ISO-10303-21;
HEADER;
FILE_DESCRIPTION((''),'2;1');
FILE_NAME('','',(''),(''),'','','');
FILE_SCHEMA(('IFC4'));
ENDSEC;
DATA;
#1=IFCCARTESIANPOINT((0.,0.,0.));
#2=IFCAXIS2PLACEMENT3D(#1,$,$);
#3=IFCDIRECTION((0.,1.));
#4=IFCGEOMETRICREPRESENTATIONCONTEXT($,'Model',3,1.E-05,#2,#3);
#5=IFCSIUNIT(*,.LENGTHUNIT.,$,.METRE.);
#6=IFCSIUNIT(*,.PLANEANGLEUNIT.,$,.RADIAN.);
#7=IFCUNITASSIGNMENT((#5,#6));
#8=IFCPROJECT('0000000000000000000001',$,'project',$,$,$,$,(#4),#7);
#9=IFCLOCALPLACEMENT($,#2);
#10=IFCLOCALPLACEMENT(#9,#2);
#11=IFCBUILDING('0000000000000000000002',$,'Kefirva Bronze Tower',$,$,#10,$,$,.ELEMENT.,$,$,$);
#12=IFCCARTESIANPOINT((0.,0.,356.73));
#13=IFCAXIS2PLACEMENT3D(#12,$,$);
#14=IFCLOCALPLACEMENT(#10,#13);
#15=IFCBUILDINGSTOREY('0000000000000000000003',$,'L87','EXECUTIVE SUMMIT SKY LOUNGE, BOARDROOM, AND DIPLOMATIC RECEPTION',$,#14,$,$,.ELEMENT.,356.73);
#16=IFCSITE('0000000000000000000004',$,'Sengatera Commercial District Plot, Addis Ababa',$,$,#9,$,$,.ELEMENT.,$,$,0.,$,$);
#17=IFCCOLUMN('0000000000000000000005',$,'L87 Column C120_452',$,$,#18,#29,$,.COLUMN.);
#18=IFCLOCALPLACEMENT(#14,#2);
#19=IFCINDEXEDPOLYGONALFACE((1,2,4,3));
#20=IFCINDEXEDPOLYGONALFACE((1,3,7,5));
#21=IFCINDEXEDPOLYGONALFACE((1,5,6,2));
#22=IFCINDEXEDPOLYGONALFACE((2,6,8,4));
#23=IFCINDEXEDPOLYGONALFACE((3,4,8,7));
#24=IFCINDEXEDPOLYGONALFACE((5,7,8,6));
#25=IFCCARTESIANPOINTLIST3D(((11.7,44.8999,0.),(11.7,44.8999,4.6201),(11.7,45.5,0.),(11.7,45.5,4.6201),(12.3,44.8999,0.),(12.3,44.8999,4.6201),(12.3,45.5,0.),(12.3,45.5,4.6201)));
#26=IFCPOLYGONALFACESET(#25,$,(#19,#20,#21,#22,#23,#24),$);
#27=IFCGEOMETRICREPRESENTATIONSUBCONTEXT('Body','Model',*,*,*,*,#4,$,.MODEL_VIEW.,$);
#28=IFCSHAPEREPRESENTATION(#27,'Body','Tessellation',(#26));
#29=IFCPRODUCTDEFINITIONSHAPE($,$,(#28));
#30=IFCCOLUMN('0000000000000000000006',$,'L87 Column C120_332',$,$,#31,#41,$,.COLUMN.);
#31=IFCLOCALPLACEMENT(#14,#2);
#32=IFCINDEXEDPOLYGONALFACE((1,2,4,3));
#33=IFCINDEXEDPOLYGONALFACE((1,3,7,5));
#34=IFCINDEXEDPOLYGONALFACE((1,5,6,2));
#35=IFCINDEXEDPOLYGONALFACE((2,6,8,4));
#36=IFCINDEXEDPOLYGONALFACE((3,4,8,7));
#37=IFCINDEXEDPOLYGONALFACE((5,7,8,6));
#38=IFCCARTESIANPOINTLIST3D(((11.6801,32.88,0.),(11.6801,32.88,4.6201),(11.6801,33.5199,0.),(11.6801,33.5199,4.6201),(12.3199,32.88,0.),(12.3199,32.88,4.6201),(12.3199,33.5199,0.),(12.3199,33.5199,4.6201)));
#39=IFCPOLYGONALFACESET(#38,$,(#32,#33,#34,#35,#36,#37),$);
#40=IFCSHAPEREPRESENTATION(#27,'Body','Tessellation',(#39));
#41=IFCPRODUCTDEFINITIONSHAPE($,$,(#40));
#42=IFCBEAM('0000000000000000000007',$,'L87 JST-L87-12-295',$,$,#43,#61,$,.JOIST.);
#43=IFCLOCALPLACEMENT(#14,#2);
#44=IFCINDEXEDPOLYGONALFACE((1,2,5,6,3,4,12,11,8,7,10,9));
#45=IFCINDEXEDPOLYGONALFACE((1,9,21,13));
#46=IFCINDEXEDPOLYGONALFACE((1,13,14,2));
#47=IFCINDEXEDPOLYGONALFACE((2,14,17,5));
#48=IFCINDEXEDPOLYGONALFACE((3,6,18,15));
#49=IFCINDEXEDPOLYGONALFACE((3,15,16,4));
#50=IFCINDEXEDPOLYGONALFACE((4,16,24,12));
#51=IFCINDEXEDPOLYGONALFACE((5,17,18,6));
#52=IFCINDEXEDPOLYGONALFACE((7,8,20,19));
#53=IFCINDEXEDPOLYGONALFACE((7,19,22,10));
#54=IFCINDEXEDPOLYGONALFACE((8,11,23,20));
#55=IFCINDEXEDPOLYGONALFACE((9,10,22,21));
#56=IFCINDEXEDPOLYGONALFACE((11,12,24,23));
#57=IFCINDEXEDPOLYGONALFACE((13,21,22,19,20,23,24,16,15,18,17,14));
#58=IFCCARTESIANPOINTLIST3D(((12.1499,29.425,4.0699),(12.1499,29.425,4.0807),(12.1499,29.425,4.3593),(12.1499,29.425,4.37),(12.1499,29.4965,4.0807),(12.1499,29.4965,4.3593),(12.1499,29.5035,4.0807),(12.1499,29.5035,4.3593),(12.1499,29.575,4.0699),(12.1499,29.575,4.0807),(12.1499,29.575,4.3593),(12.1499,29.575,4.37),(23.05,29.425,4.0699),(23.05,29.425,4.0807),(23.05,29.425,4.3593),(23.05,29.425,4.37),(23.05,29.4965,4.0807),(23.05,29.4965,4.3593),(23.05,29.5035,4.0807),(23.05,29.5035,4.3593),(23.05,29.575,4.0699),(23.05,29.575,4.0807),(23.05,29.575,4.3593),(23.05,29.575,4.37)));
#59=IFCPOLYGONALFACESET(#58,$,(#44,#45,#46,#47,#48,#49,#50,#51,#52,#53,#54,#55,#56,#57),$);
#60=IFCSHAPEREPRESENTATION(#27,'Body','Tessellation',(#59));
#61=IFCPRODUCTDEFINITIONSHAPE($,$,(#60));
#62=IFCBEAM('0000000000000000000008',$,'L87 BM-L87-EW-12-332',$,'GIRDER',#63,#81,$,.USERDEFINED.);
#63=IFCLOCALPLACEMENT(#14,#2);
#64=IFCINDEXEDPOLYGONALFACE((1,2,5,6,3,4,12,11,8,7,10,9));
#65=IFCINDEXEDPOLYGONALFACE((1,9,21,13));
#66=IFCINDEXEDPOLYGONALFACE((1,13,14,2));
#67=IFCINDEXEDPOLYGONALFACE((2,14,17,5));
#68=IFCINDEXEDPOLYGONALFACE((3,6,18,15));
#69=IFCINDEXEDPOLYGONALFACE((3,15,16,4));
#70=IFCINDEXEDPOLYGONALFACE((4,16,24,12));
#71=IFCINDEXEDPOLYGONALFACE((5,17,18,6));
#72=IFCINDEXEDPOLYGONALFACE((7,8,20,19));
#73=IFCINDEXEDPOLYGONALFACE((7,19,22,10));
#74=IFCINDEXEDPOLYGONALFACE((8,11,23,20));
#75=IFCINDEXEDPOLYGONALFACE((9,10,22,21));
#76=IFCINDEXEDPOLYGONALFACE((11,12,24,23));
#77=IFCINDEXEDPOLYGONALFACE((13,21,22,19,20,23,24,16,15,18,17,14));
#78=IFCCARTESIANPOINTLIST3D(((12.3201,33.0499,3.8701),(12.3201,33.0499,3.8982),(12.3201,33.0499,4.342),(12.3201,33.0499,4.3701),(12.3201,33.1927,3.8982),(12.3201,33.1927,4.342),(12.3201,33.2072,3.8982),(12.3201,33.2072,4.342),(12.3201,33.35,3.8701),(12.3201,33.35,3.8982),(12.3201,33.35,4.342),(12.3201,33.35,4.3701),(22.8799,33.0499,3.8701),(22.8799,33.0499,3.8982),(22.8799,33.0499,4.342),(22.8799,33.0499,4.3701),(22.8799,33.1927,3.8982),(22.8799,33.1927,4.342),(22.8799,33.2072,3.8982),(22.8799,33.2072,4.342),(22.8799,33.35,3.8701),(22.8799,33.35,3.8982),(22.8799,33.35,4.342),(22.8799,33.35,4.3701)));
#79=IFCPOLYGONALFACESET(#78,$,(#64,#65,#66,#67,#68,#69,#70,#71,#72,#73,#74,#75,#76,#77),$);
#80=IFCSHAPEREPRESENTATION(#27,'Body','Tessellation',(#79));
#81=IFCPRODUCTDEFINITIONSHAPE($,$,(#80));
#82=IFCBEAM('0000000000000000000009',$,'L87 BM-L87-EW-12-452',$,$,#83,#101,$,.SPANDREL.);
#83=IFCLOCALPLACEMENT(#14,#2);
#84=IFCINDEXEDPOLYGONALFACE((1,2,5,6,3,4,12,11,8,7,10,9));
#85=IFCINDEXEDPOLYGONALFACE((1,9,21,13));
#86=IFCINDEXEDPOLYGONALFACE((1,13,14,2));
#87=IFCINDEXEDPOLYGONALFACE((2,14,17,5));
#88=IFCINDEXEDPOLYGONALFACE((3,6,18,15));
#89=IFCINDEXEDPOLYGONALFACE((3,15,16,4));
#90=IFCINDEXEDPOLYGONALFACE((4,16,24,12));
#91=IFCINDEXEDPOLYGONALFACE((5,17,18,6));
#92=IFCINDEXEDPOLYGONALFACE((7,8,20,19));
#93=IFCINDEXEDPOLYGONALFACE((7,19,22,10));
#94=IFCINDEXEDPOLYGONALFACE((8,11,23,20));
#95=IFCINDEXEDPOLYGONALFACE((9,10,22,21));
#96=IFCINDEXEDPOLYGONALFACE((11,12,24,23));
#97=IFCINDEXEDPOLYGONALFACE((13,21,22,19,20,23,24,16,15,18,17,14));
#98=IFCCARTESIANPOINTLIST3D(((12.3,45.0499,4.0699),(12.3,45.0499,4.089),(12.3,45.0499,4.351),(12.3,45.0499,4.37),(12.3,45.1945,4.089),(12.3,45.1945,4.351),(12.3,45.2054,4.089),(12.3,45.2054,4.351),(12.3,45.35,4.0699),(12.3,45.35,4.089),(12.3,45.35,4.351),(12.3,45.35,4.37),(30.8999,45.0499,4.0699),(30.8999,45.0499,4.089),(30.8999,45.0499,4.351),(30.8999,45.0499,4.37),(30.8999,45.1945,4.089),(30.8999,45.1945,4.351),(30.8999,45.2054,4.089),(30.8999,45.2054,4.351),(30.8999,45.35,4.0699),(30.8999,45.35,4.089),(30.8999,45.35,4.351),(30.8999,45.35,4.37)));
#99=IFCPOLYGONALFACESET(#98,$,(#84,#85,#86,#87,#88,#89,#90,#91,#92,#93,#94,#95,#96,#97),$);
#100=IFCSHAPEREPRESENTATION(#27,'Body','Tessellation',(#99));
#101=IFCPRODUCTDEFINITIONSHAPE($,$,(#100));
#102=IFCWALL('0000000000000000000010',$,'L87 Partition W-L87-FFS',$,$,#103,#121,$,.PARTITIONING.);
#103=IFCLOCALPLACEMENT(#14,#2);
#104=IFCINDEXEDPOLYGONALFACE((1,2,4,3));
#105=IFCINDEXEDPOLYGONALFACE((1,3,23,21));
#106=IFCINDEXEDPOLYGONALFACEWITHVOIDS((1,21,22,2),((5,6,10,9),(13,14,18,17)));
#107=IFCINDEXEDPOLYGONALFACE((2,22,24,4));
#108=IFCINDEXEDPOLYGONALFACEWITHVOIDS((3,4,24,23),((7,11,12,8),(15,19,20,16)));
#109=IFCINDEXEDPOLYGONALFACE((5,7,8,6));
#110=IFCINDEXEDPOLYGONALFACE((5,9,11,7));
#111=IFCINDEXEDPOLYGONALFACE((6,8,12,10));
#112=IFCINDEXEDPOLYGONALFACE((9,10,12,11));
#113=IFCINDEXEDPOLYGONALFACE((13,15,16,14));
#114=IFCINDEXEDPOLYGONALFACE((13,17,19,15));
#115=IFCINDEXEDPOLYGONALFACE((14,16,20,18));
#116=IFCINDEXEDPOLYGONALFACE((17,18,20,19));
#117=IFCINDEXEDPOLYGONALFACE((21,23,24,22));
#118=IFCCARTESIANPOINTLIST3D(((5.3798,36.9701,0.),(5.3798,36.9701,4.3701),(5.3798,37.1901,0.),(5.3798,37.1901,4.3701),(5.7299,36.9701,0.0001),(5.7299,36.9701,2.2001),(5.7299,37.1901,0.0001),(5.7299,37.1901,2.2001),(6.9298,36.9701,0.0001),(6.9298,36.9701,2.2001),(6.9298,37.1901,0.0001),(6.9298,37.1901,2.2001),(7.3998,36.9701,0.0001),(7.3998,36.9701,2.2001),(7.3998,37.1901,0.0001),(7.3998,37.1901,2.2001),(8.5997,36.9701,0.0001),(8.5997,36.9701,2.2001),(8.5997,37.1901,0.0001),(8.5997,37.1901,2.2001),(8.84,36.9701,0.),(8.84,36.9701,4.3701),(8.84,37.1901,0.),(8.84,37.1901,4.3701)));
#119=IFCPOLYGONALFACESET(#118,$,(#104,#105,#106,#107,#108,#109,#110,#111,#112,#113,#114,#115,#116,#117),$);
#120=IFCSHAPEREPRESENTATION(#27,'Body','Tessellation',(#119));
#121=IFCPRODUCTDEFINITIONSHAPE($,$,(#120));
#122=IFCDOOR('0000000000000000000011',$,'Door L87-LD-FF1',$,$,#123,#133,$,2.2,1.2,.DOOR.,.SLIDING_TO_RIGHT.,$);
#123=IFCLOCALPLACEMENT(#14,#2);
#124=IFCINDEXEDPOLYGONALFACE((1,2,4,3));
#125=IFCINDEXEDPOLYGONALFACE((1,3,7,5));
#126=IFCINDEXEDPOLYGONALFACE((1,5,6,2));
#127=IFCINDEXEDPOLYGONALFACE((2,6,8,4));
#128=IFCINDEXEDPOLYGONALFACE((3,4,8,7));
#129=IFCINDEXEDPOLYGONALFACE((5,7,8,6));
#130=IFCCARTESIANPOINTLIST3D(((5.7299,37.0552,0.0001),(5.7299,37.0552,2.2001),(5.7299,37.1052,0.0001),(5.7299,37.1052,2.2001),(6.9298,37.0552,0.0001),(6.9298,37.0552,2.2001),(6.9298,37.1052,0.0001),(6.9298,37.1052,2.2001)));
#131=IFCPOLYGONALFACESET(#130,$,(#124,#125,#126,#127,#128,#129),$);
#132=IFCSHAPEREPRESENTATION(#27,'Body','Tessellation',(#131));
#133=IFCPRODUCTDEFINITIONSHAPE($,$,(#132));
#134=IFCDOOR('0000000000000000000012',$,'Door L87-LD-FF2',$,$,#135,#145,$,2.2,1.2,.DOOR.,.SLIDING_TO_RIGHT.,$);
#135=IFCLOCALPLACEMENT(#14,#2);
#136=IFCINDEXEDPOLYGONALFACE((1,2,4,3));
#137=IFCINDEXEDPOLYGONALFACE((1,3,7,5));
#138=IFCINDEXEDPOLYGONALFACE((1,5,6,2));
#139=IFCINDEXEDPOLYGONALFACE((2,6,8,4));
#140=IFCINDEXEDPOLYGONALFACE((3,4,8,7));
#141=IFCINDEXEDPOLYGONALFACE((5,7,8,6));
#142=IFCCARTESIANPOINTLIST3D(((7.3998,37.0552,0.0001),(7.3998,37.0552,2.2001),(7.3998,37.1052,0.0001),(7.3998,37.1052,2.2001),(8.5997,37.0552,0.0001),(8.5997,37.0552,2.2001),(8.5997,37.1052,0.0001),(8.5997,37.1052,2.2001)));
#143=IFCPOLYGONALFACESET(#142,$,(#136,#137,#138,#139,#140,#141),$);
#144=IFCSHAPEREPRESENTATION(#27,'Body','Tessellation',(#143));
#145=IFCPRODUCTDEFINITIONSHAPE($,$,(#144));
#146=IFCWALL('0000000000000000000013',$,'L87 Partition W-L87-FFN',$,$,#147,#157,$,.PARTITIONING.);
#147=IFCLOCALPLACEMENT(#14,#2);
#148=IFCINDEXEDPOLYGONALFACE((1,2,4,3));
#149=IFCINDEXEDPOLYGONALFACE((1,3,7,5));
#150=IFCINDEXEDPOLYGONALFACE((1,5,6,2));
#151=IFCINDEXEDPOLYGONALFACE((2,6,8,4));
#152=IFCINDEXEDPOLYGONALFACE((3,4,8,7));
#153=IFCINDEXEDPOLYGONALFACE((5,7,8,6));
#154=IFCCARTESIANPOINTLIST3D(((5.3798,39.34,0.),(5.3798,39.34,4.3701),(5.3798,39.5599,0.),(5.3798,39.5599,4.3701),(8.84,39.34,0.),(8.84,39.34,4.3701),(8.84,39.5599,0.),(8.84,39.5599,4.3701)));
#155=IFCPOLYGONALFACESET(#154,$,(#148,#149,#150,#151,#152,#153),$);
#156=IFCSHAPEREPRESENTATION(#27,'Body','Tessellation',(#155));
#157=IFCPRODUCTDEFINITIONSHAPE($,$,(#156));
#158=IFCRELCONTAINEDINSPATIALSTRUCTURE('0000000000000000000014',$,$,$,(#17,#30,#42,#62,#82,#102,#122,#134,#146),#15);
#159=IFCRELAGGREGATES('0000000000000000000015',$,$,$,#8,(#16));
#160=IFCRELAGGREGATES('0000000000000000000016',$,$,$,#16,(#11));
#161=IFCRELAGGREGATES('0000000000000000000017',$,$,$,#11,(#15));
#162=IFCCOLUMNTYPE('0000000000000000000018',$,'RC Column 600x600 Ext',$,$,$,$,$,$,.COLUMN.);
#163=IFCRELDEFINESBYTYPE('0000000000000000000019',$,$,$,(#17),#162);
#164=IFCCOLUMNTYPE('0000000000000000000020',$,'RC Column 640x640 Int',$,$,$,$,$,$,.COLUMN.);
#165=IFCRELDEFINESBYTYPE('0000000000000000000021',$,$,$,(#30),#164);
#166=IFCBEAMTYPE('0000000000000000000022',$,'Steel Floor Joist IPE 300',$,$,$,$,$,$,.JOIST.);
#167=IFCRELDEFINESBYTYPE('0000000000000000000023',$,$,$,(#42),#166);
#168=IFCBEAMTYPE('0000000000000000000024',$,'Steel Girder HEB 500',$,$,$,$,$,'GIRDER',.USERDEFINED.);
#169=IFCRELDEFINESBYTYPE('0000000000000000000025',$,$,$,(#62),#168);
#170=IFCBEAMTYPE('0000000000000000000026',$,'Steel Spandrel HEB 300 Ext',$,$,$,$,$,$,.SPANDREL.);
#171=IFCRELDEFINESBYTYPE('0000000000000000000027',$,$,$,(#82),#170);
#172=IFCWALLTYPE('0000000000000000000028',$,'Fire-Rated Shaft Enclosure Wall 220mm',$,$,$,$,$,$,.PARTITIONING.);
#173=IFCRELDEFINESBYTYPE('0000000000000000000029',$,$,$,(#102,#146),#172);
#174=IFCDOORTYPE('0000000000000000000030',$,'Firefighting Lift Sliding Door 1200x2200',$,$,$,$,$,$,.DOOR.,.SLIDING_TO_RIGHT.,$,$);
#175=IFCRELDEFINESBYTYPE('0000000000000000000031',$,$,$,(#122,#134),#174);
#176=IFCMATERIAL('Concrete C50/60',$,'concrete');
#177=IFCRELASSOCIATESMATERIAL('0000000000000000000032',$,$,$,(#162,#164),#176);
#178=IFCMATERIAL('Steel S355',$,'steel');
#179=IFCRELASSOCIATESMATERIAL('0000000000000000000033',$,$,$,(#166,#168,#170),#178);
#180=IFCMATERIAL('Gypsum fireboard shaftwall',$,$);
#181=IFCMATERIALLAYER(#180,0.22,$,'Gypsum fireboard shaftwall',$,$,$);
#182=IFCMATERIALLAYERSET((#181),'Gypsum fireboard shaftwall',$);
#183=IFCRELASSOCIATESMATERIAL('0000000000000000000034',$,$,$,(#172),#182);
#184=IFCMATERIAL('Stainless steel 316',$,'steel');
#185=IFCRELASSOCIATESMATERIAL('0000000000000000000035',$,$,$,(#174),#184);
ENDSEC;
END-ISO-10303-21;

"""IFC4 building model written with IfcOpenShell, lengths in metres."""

from ifc_helpers import new_model, si_unit, direction, frame, frame_2d, origin, origin_2d, place, context, subcontext, project, spatial, rectangle, i_section, extrude, material, layer, layer_set, material_profile, profile_set, type_object, element, fill, save


model = new_model("IFC4")

# Units and contexts
model_context = context("Model", 3, precision=1e-05, world=origin(), true_north=direction((0.0, 1.0)))
body_context = subcontext(model_context, "Body", "Model", "MODEL_VIEW")
ifc_project = project(units=[si_unit("LENGTHUNIT", "METRE"), si_unit("PLANEANGLEUNIT", "RADIAN")], contexts=[model_context])

# Site, building, storey
site_placement = place(None, origin())
site = spatial("IfcSite", under=ifc_project, at=site_placement, Name="Sengatera Commercial District Plot, Addis Ababa", CompositionType="ELEMENT", RefElevation=0.0)
building_placement = place(site_placement, origin())
building = spatial("IfcBuilding", under=site, at=building_placement, Name="Kefirva Bronze Tower", CompositionType="ELEMENT")
storey_placement = place(building_placement, frame((0.0, 0.0, 356.73)))
storey = spatial("IfcBuildingStorey", under=building, at=storey_placement, Name="L87", Description="EXECUTIVE SUMMIT SKY LOUNGE, BOARDROOM, AND DIPLOMATIC RECEPTION", CompositionType="ELEMENT", Elevation=356.73)

# Columns
ifc_material_1 = material(Name="Concrete C50/60", Category="concrete")
ifc_material_profile_1 = material_profile(ifc_material_1, rectangle(XDim=0.6001, YDim=0.6001, at=origin_2d()), Name="RC 600x600")
ifc_profile_set_1 = profile_set([ifc_material_profile_1], Name="Concrete C50/60")
column_type_1 = type_object("IfcColumnType", Name="RC Column 600x600 Ext", PredefinedType="COLUMN", material=ifc_profile_set_1)
column_1_placement = place(storey_placement, frame((12.0, 45.2, 0.0), z_axis=(0.0, 0.0, 1.0), x_axis=(1.0, 0.0, 0.0)))
element("IfcColumn", 1, at=column_1_placement, inside=storey, type_object=column_type_1, Name="L87 Column C120_452", PredefinedType="COLUMN", context=body_context, shape_type="SweptSolid", body=[
    extrude(rectangle(XDim=0.6001, YDim=0.6001, at=origin_2d()), origin(), (0.0, 0.0, 1.0), 4.6201),
])
ifc_material_profile_2 = material_profile(ifc_material_1, rectangle(XDim=0.6399, YDim=0.6399, at=origin_2d()), Name="RC 640x640")
ifc_profile_set_2 = profile_set([ifc_material_profile_2], Name="Concrete C50/60")
column_type_2 = type_object("IfcColumnType", Name="RC Column 640x640 Int", PredefinedType="COLUMN", material=ifc_profile_set_2)
column_2_placement = place(storey_placement, frame((12.0, 33.2, 0.0), z_axis=(0.0, 0.0, 1.0), x_axis=(1.0, 0.0, 0.0)))
element("IfcColumn", 2, at=column_2_placement, inside=storey, type_object=column_type_2, Name="L87 Column C120_332", PredefinedType="COLUMN", context=body_context, shape_type="SweptSolid", body=[
    extrude(rectangle(XDim=0.6399, YDim=0.6399, at=origin_2d()), origin(), (0.0, 0.0, 1.0), 4.6201),
])

# Beams
ifc_material_2 = material(Name="Steel S355", Category="steel")
ifc_material_profile_3 = material_profile(ifc_material_2, i_section(OverallWidth=0.1499, OverallDepth=0.3, WebThickness=0.0071, FlangeThickness=0.0107, at=origin_2d()), Name="IPE 300")
ifc_profile_set_3 = profile_set([ifc_material_profile_3], Name="Steel S355")
beam_type_1 = type_object("IfcBeamType", Name="Steel Floor Joist IPE 300", PredefinedType="JOIST", material=ifc_profile_set_3)
beam_1_placement = place(storey_placement, frame((12.1499, 29.5, 4.22), z_axis=(1.0, 0.0, 0.0), x_axis=(0.0, 1.0, 0.0)))
element("IfcBeam", 3, at=beam_1_placement, inside=storey, type_object=beam_type_1, Name="L87 JST-L87-12-295", PredefinedType="JOIST", context=body_context, shape_type="SweptSolid", body=[
    extrude(i_section(OverallWidth=0.1499, OverallDepth=0.3, WebThickness=0.0071, FlangeThickness=0.0107, at=origin_2d()), origin(), (0.0, 0.0, 1.0), 10.9001),
])
ifc_material_profile_4 = material_profile(ifc_material_2, i_section(OverallWidth=0.3, OverallDepth=0.5, WebThickness=0.0144, FlangeThickness=0.0281, at=origin_2d()), Name="HEB 500")
ifc_profile_set_4 = profile_set([ifc_material_profile_4], Name="Steel S355")
beam_type_2 = type_object("IfcBeamType", Name="Steel Girder HEB 500", ElementType="GIRDER", PredefinedType="USERDEFINED", material=ifc_profile_set_4)
beam_2_placement = place(storey_placement, frame((12.3201, 33.2, 4.1201), z_axis=(1.0, 0.0, 0.0), x_axis=(0.0, 1.0, 0.0)))
element("IfcBeam", 4, at=beam_2_placement, inside=storey, type_object=beam_type_2, Name="L87 BM-L87-EW-12-332", ObjectType="GIRDER", PredefinedType="USERDEFINED", context=body_context, shape_type="SweptSolid", body=[
    extrude(i_section(OverallWidth=0.3, OverallDepth=0.5, WebThickness=0.0144, FlangeThickness=0.0281, at=origin_2d()), origin(), (0.0, 0.0, 1.0), 10.5598),
])
ifc_material_profile_5 = material_profile(ifc_material_2, i_section(OverallWidth=0.3, OverallDepth=0.3, WebThickness=0.011, FlangeThickness=0.019, at=origin_2d()), Name="HEB 300")
ifc_profile_set_5 = profile_set([ifc_material_profile_5], Name="Steel S355")
beam_type_3 = type_object("IfcBeamType", Name="Steel Spandrel HEB 300 Ext", PredefinedType="SPANDREL", material=ifc_profile_set_5)
beam_3_placement = place(storey_placement, frame((12.3, 45.2, 4.22), z_axis=(1.0, 0.0, 0.0), x_axis=(0.0, 1.0, 0.0)))
element("IfcBeam", 5, at=beam_3_placement, inside=storey, type_object=beam_type_3, Name="L87 BM-L87-EW-12-452", PredefinedType="SPANDREL", context=body_context, shape_type="SweptSolid", body=[
    extrude(i_section(OverallWidth=0.3, OverallDepth=0.3, WebThickness=0.011, FlangeThickness=0.019, at=origin_2d()), origin(), (0.0, 0.0, 1.0), 18.5999),
])

# Wall, openings, doors
ifc_material_3 = material(Name="Gypsum fireboard shaftwall")
ifc_layer_1 = layer(ifc_material_3, 0.22, Name="Gypsum fireboard shaftwall")
ifc_layer_set_1 = layer_set([ifc_layer_1], Name="Gypsum fireboard shaftwall")
wall_type_1 = type_object("IfcWallType", Name="Fire-Rated Shaft Enclosure Wall 220mm", PredefinedType="PARTITIONING", material=ifc_layer_set_1)
wall_1_placement = place(storey_placement, frame((5.3799, 37.0801, 0.0), z_axis=(0.0, 0.0, 1.0), x_axis=(1.0, 0.0, 0.0)))
wall_1 = element("IfcWall", 6, at=wall_1_placement, inside=storey, type_object=wall_type_1, Name="L87 Partition W-L87-FFS", PredefinedType="PARTITIONING", context=body_context, shape_type="SweptSolid", body=[
    extrude(rectangle(XDim=3.4602, YDim=0.22, at=frame_2d((1.73, 0.0))), origin(), (0.0, 0.0, 1.0), 4.3701),
])
opening_1_placement = place(wall_1_placement, frame((1.55, 0.0, 0.0), z_axis=(0.0, 0.0, 1.0), x_axis=(-1.0, 0.0, 0.0)))
opening_1 = element("IfcOpeningElement", 7, at=opening_1_placement, cuts=wall_1, PredefinedType="OPENING", context=body_context, shape_type="SweptSolid", body=[
    extrude(rectangle(XDim=1.2, YDim=2.2, at=frame_2d((0.6001, 1.1001))), frame((0.0, 0.1201, 0.0), z_axis=(0.0, -1.0, 0.0), x_axis=(1.0, 0.0, 0.0)), (0.0, 0.0, 1.0), 0.24),
])
opening_2_placement = place(wall_1_placement, frame((3.22, 0.0, 0.0), z_axis=(0.0, 0.0, 1.0), x_axis=(-1.0, 0.0, 0.0)))
opening_2 = element("IfcOpeningElement", 8, at=opening_2_placement, cuts=wall_1, PredefinedType="OPENING", context=body_context, shape_type="SweptSolid", body=[
    extrude(rectangle(XDim=1.2, YDim=2.2, at=frame_2d((0.6001, 1.1001))), frame((0.0, 0.1201, 0.0), z_axis=(0.0, -1.0, 0.0), x_axis=(1.0, 0.0, 0.0)), (0.0, 0.0, 1.0), 0.24),
])
ifc_material_4 = material(Name="Stainless steel 316", Category="steel")
door_type_1 = type_object("IfcDoorType", Name="Firefighting Lift Sliding Door 1200x2200", OperationType="SLIDING_TO_RIGHT", PredefinedType="DOOR", material=ifc_material_4)
door_1_placement = place(opening_1_placement, origin())
door_1 = element("IfcDoor", 9, at=door_1_placement, inside=storey, type_object=door_type_1, Name="Door L87-LD-FF1", OperationType="SLIDING_TO_RIGHT", OverallHeight=2.2, OverallWidth=1.2, PredefinedType="DOOR", context=body_context, shape_type="SweptSolid", body=[
    extrude(rectangle(XDim=1.2, YDim=2.2, at=frame_2d((0.6001, 1.1001))), frame((0.0, 0.0249, 0.0), z_axis=(0.0, -1.0, 0.0), x_axis=(1.0, 0.0, 0.0)), (0.0, 0.0, 1.0), 0.05),
])
fill(opening_1, door_1)
door_2_placement = place(opening_2_placement, origin())
door_2 = element("IfcDoor", 10, at=door_2_placement, inside=storey, type_object=door_type_1, Name="Door L87-LD-FF2", OperationType="SLIDING_TO_RIGHT", OverallHeight=2.2, OverallWidth=1.2, PredefinedType="DOOR", context=body_context, shape_type="SweptSolid", body=[
    extrude(rectangle(XDim=1.2, YDim=2.2, at=frame_2d((0.6001, 1.1001))), frame((0.0, 0.0249, 0.0), z_axis=(0.0, -1.0, 0.0), x_axis=(1.0, 0.0, 0.0)), (0.0, 0.0, 1.0), 0.05),
])
fill(opening_2, door_2)

# Wall
wall_2_placement = place(storey_placement, frame((5.3799, 39.45, 0.0), z_axis=(0.0, 0.0, 1.0), x_axis=(1.0, 0.0, 0.0)))
element("IfcWall", 11, at=wall_2_placement, inside=storey, type_object=wall_type_1, Name="L87 Partition W-L87-FFN", PredefinedType="PARTITIONING", context=body_context, shape_type="SweptSolid", body=[
    extrude(rectangle(XDim=3.4602, YDim=0.22, at=frame_2d((1.73, 0.0))), origin(), (0.0, 0.0, 1.0), 4.3701),
])

save(model, "model.ifc")
